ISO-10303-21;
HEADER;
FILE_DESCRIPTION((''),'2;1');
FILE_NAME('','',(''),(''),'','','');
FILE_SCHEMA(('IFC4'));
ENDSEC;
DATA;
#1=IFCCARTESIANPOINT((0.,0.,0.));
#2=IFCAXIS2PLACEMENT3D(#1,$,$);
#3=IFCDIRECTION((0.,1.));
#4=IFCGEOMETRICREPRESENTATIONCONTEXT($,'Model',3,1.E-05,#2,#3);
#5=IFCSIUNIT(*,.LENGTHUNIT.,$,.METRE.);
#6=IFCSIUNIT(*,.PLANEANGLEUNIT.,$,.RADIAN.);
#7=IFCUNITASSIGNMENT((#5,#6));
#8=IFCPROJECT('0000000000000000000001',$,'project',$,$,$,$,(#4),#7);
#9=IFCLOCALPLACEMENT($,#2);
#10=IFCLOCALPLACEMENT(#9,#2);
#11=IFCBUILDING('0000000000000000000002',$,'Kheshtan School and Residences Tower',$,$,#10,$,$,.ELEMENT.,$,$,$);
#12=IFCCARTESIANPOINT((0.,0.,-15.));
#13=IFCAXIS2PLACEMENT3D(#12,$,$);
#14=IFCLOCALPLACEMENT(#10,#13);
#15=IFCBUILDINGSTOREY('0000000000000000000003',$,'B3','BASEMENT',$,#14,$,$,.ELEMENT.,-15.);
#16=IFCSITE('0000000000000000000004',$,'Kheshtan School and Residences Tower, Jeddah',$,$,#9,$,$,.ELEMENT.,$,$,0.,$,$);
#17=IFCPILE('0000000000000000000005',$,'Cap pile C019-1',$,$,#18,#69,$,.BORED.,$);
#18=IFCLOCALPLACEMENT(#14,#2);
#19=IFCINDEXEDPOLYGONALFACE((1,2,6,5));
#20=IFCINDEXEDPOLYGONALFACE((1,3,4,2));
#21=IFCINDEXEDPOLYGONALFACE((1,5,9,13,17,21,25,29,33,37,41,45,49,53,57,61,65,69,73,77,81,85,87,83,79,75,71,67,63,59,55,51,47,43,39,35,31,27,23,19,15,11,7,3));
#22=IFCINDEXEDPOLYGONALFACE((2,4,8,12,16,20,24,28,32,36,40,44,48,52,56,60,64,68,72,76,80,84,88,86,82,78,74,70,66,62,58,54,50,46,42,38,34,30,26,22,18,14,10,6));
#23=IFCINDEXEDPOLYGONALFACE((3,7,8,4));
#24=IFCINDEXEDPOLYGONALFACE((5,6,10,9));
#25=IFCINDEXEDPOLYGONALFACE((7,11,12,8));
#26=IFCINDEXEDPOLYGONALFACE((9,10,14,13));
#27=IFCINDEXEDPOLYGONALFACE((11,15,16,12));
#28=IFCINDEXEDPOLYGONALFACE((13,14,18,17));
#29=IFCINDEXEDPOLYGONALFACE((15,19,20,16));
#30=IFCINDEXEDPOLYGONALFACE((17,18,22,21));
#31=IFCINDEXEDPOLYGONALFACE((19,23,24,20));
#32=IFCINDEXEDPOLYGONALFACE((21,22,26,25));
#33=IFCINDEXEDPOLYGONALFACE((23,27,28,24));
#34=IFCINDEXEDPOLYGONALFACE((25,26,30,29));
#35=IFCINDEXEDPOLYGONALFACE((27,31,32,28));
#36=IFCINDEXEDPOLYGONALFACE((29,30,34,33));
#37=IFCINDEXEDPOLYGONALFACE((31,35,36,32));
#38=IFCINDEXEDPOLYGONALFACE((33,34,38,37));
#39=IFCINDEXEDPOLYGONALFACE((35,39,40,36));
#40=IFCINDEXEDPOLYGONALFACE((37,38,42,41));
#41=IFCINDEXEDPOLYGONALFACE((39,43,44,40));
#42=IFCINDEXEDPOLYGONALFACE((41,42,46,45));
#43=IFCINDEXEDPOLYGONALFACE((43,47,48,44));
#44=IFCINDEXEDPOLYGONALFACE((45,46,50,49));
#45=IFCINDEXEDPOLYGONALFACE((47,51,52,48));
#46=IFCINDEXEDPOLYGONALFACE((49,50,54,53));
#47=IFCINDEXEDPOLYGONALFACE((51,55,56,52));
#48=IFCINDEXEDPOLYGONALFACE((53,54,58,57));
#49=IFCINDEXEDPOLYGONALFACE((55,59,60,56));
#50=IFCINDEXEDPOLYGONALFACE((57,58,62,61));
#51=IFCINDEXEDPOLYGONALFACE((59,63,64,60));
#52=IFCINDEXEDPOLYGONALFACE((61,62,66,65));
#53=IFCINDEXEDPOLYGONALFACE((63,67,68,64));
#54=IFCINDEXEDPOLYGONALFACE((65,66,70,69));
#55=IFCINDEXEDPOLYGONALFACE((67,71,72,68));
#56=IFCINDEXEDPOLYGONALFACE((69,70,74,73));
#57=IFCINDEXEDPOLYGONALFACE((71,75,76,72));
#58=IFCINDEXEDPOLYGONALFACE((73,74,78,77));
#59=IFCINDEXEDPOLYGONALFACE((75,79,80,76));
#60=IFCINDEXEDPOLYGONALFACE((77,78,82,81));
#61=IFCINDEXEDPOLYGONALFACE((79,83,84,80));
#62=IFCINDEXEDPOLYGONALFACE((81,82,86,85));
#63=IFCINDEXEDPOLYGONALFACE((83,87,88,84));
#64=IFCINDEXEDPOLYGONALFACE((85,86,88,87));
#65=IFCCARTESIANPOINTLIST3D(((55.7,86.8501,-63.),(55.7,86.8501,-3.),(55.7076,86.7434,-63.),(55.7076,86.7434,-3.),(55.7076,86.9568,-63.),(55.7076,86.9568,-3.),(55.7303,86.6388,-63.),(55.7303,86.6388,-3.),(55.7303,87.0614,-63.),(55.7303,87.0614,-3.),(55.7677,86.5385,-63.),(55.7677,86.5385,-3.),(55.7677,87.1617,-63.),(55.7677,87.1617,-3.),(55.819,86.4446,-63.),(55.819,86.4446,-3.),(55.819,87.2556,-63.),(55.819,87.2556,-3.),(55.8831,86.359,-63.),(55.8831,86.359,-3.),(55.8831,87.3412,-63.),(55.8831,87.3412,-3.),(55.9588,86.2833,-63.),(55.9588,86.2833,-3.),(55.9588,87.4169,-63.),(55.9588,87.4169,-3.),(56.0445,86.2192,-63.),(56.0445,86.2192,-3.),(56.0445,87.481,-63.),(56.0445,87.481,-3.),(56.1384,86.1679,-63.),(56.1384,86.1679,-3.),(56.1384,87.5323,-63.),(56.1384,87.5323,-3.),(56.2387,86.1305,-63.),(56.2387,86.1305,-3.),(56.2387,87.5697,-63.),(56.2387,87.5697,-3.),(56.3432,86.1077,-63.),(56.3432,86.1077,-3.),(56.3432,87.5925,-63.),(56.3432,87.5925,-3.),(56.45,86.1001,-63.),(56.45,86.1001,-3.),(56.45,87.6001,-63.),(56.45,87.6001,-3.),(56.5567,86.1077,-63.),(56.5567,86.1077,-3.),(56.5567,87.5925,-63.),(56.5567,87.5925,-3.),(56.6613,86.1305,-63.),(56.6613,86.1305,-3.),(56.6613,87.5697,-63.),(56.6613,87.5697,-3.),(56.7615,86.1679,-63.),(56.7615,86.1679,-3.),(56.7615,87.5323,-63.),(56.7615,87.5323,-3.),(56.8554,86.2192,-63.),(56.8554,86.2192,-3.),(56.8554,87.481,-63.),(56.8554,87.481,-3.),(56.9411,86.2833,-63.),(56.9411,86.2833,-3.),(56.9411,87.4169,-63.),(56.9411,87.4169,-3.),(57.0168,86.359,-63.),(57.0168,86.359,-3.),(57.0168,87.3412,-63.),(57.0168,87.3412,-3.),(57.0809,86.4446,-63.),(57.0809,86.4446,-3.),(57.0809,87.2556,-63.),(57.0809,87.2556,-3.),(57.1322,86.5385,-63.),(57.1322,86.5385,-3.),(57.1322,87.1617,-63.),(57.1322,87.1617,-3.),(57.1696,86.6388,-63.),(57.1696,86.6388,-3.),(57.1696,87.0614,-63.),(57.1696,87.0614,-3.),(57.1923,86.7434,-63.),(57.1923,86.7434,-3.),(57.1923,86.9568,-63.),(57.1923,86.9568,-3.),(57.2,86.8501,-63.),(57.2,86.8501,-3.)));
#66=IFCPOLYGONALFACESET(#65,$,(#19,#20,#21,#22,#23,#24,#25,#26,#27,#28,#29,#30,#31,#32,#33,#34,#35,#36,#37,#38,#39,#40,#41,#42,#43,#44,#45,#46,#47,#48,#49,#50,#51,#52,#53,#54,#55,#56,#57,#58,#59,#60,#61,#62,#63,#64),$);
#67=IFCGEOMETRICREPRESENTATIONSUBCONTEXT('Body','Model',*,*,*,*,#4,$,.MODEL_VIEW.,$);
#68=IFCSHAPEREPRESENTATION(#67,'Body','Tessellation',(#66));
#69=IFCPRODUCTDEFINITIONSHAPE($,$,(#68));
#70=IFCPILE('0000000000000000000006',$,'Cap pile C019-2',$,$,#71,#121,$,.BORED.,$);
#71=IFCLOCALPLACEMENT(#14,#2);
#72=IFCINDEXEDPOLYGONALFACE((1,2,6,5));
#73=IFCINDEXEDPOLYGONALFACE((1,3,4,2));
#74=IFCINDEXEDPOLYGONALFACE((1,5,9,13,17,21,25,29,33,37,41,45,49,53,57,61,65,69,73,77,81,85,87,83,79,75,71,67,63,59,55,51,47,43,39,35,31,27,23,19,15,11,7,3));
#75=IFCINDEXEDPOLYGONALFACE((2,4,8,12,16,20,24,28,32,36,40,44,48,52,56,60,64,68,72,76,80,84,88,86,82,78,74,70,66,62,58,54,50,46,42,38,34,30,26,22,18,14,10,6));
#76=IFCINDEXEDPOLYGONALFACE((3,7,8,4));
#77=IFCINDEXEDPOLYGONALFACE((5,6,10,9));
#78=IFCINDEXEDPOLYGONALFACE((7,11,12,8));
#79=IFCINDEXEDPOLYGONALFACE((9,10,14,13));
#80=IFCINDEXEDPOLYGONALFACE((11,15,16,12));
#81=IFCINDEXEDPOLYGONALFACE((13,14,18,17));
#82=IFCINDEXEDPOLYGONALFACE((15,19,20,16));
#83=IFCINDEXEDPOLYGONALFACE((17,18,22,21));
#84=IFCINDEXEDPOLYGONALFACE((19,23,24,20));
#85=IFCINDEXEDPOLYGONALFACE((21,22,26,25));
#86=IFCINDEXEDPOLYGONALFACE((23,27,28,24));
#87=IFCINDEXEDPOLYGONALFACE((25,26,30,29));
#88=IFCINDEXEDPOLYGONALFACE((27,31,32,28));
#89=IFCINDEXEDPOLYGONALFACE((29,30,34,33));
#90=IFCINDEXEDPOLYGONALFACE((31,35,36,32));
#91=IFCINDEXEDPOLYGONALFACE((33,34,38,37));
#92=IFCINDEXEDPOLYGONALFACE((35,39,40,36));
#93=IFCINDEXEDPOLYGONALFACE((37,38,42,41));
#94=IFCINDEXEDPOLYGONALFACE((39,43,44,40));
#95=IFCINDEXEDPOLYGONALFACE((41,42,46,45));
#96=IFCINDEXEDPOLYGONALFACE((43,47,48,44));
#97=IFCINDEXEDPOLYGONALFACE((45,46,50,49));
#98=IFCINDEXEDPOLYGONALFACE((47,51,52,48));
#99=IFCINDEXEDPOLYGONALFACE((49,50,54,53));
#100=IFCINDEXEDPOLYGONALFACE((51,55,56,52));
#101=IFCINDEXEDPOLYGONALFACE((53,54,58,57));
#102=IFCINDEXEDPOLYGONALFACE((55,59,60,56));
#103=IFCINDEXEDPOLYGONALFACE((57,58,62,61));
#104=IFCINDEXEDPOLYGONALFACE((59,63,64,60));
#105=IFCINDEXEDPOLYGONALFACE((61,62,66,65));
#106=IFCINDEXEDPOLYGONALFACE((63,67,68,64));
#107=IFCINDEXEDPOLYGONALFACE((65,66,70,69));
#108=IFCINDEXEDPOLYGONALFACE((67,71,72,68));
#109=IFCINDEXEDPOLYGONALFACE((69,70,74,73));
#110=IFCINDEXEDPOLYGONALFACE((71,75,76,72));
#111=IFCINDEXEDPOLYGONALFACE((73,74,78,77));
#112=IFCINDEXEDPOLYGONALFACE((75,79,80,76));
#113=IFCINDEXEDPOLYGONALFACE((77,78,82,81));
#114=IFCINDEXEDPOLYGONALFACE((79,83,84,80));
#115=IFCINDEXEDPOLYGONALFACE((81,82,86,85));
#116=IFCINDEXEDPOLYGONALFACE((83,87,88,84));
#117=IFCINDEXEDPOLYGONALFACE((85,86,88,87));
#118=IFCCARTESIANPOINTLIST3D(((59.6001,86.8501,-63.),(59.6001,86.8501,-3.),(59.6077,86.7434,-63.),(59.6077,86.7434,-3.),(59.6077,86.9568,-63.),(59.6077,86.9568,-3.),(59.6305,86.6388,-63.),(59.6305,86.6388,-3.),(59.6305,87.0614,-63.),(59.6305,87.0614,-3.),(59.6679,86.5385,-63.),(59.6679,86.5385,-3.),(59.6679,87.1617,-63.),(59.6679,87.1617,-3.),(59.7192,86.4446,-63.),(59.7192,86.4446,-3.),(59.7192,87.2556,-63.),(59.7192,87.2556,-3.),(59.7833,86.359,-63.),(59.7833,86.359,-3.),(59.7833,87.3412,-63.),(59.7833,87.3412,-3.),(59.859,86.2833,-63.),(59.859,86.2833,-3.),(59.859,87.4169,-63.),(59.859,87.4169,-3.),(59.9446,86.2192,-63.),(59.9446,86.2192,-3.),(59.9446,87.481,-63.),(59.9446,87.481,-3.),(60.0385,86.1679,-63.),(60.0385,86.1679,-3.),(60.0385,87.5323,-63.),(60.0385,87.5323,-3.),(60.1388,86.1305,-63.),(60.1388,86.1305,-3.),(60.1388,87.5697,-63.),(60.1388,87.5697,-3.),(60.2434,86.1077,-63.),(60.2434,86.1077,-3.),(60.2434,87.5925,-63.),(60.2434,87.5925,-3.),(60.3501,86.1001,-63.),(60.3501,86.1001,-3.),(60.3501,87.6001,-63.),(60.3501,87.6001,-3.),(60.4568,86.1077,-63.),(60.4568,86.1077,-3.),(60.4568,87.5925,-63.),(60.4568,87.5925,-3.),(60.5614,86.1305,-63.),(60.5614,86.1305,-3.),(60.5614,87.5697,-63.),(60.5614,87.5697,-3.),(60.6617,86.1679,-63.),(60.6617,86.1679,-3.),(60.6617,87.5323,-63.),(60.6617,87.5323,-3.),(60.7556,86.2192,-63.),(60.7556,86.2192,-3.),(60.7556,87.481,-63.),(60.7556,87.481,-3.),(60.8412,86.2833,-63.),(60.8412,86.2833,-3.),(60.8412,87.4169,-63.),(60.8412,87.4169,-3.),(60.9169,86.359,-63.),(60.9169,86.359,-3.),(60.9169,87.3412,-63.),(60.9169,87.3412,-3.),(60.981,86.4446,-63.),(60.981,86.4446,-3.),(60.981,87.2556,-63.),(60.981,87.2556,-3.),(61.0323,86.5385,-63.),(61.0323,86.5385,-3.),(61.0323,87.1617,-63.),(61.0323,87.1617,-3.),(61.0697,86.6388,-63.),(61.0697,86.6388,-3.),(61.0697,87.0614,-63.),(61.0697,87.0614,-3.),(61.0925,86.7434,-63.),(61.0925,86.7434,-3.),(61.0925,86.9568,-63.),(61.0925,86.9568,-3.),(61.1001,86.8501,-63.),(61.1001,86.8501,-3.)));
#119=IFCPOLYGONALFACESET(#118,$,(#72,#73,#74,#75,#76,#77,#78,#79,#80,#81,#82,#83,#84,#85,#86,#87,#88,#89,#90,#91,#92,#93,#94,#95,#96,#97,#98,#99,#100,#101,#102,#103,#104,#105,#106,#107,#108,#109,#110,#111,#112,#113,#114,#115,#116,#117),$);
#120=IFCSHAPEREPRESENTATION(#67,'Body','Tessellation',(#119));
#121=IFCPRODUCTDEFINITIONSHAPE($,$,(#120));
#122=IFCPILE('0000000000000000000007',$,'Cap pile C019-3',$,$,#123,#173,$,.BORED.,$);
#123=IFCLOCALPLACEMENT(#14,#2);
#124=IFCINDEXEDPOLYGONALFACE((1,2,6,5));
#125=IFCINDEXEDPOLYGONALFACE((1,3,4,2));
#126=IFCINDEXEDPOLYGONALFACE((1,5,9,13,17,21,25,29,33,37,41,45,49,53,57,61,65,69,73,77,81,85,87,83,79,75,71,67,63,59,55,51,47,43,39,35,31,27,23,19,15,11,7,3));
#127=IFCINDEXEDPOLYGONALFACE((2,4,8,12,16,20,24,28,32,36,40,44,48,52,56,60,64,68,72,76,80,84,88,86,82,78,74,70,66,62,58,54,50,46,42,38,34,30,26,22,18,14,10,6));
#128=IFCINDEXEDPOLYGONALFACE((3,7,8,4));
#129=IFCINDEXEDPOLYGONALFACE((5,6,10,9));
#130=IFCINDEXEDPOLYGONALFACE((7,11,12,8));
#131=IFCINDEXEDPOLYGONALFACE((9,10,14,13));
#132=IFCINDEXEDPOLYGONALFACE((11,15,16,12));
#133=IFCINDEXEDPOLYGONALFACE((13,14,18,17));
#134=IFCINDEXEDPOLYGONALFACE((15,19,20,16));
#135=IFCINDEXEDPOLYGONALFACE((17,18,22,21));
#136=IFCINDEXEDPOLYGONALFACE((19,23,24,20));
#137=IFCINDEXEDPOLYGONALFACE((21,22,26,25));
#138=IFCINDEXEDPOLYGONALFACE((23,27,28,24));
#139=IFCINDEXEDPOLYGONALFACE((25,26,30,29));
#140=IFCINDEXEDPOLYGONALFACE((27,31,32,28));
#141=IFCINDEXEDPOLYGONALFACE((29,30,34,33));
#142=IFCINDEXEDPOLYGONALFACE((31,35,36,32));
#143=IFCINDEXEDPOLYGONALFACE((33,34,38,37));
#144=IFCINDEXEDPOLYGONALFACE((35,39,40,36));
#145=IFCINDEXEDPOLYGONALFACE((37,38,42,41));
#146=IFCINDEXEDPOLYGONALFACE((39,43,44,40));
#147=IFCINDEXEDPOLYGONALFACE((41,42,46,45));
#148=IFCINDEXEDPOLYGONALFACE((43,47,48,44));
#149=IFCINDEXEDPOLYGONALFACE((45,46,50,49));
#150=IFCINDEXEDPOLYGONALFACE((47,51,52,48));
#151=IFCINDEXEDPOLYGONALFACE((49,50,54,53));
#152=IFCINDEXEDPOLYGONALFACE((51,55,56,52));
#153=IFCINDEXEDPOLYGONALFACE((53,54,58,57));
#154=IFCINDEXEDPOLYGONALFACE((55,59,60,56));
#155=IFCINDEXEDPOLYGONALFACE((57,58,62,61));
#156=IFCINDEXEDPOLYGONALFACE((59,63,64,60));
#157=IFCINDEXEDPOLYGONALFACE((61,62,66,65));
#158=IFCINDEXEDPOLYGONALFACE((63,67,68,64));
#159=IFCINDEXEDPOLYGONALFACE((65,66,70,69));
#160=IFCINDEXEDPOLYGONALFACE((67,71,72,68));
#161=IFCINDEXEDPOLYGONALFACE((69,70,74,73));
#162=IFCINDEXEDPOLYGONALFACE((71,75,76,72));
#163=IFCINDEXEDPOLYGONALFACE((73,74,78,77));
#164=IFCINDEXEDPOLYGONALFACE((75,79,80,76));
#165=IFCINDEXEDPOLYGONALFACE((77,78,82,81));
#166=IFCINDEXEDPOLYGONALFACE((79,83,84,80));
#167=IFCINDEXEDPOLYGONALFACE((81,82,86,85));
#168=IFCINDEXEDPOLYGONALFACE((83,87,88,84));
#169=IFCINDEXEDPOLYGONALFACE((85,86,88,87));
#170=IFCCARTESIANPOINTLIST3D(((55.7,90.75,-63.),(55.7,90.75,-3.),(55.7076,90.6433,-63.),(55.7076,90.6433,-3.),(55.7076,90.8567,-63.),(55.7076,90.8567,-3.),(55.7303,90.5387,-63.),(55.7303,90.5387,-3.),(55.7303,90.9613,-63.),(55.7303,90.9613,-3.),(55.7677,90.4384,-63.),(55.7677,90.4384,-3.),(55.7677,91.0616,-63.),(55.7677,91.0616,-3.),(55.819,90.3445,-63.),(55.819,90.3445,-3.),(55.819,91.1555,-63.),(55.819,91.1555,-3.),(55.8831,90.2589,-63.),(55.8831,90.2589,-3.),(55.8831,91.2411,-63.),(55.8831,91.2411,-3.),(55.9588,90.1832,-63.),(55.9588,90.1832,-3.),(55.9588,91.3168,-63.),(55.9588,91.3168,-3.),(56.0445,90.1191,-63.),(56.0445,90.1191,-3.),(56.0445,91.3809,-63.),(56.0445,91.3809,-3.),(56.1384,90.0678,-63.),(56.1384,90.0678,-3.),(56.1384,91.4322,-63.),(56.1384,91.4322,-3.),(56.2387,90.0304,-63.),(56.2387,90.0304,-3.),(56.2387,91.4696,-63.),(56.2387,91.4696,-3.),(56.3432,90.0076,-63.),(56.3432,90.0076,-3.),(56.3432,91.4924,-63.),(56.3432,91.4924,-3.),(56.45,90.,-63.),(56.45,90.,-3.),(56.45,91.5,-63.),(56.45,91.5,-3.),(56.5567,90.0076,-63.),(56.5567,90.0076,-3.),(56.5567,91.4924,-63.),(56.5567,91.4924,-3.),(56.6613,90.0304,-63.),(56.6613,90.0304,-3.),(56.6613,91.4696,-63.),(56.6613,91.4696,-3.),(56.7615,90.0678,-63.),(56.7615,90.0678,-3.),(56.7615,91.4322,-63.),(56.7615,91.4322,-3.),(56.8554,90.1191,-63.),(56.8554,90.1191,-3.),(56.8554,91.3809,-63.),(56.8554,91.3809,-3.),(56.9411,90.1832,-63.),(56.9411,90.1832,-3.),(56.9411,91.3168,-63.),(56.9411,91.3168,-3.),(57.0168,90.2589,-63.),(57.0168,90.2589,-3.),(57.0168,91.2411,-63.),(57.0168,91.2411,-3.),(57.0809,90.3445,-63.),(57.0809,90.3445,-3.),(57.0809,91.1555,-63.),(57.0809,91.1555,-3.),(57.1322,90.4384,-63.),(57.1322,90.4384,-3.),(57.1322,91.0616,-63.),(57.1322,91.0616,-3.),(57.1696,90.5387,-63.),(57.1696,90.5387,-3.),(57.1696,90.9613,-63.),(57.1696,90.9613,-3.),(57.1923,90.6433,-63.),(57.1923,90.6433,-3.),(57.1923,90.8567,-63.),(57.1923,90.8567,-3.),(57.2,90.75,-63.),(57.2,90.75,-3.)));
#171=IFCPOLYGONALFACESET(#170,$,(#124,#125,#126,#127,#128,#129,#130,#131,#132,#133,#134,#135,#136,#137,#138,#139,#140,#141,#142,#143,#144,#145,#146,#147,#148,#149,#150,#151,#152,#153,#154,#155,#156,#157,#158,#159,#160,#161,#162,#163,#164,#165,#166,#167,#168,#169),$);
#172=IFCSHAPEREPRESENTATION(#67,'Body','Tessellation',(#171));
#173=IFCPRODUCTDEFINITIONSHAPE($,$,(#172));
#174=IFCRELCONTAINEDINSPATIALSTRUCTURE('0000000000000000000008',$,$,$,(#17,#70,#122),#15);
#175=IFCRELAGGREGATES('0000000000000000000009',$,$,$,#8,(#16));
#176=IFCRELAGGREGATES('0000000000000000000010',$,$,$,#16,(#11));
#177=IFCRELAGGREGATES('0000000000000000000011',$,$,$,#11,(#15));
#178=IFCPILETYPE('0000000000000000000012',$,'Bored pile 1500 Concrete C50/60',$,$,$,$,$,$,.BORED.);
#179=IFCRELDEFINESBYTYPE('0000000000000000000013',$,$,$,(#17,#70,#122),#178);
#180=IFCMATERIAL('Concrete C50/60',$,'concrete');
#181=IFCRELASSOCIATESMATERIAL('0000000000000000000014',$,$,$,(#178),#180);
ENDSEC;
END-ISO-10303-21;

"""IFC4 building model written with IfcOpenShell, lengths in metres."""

from ifc_helpers import new_model, si_unit, direction, frame, origin, origin_2d, place, context, subcontext, project, spatial, circle, extrude, material, material_profile, profile_set, type_object, element, save


model = new_model("IFC4")

# Units and contexts
model_context = context("Model", 3, precision=1e-05, world=origin(), true_north=direction((0.0, 1.0)))
body_context = subcontext(model_context, "Body", "Model", "MODEL_VIEW")
ifc_project = project(units=[si_unit("LENGTHUNIT", "METRE"), si_unit("PLANEANGLEUNIT", "RADIAN")], contexts=[model_context])

# Site, building, storey
site_placement = place(None, origin())
site = spatial("IfcSite", under=ifc_project, at=site_placement, Name="Kheshtan School and Residences Tower, Jeddah", CompositionType="ELEMENT", RefElevation=0.0)
building_placement = place(site_placement, origin())
building = spatial("IfcBuilding", under=site, at=building_placement, Name="Kheshtan School and Residences Tower", CompositionType="ELEMENT")
storey_placement = place(building_placement, frame((0.0, 0.0, -15.0)))
storey = spatial("IfcBuildingStorey", under=building, at=storey_placement, Name="B3", Description="BASEMENT", CompositionType="ELEMENT", Elevation=-15.0)

# Piles
ifc_material_1 = material(Name="Concrete C50/60", Category="concrete")
ifc_material_profile_1 = material_profile(ifc_material_1, circle(Radius=0.75, at=origin_2d()), Name="BP 1500")
ifc_profile_set_1 = profile_set([ifc_material_profile_1], Name="Concrete C50/60")
pile_type_1 = type_object("IfcPileType", Name="Bored pile 1500 Concrete C50/60", PredefinedType="BORED", material=ifc_profile_set_1)
for number, where, z_axis, x_axis, name in (
    (1, (56.45, 86.8501, -3.0), (0.0, 0.0, -1.0), (1.0, 0.0, 0.0), "Cap pile C019-1"),
    (2, (60.3501, 86.8501, -3.0), (0.0, 0.0, -1.0), (1.0, 0.0, 0.0), "Cap pile C019-2"),
    (3, (56.45, 90.75, -3.0), (0.0, 0.0, -1.0), (1.0, 0.0, 0.0), "Cap pile C019-3"),
):
    element("IfcPile", number, at=place(storey_placement, frame(where, z_axis=z_axis, x_axis=x_axis)), inside=storey, type_object=pile_type_1, Name=name, PredefinedType="BORED", context=body_context, shape_type="SweptSolid", body=[
        extrude(circle(Radius=0.75, at=origin_2d()), origin(), (0.0, 0.0, 1.0), 60.0),
    ])

save(model, "model.ifc")
